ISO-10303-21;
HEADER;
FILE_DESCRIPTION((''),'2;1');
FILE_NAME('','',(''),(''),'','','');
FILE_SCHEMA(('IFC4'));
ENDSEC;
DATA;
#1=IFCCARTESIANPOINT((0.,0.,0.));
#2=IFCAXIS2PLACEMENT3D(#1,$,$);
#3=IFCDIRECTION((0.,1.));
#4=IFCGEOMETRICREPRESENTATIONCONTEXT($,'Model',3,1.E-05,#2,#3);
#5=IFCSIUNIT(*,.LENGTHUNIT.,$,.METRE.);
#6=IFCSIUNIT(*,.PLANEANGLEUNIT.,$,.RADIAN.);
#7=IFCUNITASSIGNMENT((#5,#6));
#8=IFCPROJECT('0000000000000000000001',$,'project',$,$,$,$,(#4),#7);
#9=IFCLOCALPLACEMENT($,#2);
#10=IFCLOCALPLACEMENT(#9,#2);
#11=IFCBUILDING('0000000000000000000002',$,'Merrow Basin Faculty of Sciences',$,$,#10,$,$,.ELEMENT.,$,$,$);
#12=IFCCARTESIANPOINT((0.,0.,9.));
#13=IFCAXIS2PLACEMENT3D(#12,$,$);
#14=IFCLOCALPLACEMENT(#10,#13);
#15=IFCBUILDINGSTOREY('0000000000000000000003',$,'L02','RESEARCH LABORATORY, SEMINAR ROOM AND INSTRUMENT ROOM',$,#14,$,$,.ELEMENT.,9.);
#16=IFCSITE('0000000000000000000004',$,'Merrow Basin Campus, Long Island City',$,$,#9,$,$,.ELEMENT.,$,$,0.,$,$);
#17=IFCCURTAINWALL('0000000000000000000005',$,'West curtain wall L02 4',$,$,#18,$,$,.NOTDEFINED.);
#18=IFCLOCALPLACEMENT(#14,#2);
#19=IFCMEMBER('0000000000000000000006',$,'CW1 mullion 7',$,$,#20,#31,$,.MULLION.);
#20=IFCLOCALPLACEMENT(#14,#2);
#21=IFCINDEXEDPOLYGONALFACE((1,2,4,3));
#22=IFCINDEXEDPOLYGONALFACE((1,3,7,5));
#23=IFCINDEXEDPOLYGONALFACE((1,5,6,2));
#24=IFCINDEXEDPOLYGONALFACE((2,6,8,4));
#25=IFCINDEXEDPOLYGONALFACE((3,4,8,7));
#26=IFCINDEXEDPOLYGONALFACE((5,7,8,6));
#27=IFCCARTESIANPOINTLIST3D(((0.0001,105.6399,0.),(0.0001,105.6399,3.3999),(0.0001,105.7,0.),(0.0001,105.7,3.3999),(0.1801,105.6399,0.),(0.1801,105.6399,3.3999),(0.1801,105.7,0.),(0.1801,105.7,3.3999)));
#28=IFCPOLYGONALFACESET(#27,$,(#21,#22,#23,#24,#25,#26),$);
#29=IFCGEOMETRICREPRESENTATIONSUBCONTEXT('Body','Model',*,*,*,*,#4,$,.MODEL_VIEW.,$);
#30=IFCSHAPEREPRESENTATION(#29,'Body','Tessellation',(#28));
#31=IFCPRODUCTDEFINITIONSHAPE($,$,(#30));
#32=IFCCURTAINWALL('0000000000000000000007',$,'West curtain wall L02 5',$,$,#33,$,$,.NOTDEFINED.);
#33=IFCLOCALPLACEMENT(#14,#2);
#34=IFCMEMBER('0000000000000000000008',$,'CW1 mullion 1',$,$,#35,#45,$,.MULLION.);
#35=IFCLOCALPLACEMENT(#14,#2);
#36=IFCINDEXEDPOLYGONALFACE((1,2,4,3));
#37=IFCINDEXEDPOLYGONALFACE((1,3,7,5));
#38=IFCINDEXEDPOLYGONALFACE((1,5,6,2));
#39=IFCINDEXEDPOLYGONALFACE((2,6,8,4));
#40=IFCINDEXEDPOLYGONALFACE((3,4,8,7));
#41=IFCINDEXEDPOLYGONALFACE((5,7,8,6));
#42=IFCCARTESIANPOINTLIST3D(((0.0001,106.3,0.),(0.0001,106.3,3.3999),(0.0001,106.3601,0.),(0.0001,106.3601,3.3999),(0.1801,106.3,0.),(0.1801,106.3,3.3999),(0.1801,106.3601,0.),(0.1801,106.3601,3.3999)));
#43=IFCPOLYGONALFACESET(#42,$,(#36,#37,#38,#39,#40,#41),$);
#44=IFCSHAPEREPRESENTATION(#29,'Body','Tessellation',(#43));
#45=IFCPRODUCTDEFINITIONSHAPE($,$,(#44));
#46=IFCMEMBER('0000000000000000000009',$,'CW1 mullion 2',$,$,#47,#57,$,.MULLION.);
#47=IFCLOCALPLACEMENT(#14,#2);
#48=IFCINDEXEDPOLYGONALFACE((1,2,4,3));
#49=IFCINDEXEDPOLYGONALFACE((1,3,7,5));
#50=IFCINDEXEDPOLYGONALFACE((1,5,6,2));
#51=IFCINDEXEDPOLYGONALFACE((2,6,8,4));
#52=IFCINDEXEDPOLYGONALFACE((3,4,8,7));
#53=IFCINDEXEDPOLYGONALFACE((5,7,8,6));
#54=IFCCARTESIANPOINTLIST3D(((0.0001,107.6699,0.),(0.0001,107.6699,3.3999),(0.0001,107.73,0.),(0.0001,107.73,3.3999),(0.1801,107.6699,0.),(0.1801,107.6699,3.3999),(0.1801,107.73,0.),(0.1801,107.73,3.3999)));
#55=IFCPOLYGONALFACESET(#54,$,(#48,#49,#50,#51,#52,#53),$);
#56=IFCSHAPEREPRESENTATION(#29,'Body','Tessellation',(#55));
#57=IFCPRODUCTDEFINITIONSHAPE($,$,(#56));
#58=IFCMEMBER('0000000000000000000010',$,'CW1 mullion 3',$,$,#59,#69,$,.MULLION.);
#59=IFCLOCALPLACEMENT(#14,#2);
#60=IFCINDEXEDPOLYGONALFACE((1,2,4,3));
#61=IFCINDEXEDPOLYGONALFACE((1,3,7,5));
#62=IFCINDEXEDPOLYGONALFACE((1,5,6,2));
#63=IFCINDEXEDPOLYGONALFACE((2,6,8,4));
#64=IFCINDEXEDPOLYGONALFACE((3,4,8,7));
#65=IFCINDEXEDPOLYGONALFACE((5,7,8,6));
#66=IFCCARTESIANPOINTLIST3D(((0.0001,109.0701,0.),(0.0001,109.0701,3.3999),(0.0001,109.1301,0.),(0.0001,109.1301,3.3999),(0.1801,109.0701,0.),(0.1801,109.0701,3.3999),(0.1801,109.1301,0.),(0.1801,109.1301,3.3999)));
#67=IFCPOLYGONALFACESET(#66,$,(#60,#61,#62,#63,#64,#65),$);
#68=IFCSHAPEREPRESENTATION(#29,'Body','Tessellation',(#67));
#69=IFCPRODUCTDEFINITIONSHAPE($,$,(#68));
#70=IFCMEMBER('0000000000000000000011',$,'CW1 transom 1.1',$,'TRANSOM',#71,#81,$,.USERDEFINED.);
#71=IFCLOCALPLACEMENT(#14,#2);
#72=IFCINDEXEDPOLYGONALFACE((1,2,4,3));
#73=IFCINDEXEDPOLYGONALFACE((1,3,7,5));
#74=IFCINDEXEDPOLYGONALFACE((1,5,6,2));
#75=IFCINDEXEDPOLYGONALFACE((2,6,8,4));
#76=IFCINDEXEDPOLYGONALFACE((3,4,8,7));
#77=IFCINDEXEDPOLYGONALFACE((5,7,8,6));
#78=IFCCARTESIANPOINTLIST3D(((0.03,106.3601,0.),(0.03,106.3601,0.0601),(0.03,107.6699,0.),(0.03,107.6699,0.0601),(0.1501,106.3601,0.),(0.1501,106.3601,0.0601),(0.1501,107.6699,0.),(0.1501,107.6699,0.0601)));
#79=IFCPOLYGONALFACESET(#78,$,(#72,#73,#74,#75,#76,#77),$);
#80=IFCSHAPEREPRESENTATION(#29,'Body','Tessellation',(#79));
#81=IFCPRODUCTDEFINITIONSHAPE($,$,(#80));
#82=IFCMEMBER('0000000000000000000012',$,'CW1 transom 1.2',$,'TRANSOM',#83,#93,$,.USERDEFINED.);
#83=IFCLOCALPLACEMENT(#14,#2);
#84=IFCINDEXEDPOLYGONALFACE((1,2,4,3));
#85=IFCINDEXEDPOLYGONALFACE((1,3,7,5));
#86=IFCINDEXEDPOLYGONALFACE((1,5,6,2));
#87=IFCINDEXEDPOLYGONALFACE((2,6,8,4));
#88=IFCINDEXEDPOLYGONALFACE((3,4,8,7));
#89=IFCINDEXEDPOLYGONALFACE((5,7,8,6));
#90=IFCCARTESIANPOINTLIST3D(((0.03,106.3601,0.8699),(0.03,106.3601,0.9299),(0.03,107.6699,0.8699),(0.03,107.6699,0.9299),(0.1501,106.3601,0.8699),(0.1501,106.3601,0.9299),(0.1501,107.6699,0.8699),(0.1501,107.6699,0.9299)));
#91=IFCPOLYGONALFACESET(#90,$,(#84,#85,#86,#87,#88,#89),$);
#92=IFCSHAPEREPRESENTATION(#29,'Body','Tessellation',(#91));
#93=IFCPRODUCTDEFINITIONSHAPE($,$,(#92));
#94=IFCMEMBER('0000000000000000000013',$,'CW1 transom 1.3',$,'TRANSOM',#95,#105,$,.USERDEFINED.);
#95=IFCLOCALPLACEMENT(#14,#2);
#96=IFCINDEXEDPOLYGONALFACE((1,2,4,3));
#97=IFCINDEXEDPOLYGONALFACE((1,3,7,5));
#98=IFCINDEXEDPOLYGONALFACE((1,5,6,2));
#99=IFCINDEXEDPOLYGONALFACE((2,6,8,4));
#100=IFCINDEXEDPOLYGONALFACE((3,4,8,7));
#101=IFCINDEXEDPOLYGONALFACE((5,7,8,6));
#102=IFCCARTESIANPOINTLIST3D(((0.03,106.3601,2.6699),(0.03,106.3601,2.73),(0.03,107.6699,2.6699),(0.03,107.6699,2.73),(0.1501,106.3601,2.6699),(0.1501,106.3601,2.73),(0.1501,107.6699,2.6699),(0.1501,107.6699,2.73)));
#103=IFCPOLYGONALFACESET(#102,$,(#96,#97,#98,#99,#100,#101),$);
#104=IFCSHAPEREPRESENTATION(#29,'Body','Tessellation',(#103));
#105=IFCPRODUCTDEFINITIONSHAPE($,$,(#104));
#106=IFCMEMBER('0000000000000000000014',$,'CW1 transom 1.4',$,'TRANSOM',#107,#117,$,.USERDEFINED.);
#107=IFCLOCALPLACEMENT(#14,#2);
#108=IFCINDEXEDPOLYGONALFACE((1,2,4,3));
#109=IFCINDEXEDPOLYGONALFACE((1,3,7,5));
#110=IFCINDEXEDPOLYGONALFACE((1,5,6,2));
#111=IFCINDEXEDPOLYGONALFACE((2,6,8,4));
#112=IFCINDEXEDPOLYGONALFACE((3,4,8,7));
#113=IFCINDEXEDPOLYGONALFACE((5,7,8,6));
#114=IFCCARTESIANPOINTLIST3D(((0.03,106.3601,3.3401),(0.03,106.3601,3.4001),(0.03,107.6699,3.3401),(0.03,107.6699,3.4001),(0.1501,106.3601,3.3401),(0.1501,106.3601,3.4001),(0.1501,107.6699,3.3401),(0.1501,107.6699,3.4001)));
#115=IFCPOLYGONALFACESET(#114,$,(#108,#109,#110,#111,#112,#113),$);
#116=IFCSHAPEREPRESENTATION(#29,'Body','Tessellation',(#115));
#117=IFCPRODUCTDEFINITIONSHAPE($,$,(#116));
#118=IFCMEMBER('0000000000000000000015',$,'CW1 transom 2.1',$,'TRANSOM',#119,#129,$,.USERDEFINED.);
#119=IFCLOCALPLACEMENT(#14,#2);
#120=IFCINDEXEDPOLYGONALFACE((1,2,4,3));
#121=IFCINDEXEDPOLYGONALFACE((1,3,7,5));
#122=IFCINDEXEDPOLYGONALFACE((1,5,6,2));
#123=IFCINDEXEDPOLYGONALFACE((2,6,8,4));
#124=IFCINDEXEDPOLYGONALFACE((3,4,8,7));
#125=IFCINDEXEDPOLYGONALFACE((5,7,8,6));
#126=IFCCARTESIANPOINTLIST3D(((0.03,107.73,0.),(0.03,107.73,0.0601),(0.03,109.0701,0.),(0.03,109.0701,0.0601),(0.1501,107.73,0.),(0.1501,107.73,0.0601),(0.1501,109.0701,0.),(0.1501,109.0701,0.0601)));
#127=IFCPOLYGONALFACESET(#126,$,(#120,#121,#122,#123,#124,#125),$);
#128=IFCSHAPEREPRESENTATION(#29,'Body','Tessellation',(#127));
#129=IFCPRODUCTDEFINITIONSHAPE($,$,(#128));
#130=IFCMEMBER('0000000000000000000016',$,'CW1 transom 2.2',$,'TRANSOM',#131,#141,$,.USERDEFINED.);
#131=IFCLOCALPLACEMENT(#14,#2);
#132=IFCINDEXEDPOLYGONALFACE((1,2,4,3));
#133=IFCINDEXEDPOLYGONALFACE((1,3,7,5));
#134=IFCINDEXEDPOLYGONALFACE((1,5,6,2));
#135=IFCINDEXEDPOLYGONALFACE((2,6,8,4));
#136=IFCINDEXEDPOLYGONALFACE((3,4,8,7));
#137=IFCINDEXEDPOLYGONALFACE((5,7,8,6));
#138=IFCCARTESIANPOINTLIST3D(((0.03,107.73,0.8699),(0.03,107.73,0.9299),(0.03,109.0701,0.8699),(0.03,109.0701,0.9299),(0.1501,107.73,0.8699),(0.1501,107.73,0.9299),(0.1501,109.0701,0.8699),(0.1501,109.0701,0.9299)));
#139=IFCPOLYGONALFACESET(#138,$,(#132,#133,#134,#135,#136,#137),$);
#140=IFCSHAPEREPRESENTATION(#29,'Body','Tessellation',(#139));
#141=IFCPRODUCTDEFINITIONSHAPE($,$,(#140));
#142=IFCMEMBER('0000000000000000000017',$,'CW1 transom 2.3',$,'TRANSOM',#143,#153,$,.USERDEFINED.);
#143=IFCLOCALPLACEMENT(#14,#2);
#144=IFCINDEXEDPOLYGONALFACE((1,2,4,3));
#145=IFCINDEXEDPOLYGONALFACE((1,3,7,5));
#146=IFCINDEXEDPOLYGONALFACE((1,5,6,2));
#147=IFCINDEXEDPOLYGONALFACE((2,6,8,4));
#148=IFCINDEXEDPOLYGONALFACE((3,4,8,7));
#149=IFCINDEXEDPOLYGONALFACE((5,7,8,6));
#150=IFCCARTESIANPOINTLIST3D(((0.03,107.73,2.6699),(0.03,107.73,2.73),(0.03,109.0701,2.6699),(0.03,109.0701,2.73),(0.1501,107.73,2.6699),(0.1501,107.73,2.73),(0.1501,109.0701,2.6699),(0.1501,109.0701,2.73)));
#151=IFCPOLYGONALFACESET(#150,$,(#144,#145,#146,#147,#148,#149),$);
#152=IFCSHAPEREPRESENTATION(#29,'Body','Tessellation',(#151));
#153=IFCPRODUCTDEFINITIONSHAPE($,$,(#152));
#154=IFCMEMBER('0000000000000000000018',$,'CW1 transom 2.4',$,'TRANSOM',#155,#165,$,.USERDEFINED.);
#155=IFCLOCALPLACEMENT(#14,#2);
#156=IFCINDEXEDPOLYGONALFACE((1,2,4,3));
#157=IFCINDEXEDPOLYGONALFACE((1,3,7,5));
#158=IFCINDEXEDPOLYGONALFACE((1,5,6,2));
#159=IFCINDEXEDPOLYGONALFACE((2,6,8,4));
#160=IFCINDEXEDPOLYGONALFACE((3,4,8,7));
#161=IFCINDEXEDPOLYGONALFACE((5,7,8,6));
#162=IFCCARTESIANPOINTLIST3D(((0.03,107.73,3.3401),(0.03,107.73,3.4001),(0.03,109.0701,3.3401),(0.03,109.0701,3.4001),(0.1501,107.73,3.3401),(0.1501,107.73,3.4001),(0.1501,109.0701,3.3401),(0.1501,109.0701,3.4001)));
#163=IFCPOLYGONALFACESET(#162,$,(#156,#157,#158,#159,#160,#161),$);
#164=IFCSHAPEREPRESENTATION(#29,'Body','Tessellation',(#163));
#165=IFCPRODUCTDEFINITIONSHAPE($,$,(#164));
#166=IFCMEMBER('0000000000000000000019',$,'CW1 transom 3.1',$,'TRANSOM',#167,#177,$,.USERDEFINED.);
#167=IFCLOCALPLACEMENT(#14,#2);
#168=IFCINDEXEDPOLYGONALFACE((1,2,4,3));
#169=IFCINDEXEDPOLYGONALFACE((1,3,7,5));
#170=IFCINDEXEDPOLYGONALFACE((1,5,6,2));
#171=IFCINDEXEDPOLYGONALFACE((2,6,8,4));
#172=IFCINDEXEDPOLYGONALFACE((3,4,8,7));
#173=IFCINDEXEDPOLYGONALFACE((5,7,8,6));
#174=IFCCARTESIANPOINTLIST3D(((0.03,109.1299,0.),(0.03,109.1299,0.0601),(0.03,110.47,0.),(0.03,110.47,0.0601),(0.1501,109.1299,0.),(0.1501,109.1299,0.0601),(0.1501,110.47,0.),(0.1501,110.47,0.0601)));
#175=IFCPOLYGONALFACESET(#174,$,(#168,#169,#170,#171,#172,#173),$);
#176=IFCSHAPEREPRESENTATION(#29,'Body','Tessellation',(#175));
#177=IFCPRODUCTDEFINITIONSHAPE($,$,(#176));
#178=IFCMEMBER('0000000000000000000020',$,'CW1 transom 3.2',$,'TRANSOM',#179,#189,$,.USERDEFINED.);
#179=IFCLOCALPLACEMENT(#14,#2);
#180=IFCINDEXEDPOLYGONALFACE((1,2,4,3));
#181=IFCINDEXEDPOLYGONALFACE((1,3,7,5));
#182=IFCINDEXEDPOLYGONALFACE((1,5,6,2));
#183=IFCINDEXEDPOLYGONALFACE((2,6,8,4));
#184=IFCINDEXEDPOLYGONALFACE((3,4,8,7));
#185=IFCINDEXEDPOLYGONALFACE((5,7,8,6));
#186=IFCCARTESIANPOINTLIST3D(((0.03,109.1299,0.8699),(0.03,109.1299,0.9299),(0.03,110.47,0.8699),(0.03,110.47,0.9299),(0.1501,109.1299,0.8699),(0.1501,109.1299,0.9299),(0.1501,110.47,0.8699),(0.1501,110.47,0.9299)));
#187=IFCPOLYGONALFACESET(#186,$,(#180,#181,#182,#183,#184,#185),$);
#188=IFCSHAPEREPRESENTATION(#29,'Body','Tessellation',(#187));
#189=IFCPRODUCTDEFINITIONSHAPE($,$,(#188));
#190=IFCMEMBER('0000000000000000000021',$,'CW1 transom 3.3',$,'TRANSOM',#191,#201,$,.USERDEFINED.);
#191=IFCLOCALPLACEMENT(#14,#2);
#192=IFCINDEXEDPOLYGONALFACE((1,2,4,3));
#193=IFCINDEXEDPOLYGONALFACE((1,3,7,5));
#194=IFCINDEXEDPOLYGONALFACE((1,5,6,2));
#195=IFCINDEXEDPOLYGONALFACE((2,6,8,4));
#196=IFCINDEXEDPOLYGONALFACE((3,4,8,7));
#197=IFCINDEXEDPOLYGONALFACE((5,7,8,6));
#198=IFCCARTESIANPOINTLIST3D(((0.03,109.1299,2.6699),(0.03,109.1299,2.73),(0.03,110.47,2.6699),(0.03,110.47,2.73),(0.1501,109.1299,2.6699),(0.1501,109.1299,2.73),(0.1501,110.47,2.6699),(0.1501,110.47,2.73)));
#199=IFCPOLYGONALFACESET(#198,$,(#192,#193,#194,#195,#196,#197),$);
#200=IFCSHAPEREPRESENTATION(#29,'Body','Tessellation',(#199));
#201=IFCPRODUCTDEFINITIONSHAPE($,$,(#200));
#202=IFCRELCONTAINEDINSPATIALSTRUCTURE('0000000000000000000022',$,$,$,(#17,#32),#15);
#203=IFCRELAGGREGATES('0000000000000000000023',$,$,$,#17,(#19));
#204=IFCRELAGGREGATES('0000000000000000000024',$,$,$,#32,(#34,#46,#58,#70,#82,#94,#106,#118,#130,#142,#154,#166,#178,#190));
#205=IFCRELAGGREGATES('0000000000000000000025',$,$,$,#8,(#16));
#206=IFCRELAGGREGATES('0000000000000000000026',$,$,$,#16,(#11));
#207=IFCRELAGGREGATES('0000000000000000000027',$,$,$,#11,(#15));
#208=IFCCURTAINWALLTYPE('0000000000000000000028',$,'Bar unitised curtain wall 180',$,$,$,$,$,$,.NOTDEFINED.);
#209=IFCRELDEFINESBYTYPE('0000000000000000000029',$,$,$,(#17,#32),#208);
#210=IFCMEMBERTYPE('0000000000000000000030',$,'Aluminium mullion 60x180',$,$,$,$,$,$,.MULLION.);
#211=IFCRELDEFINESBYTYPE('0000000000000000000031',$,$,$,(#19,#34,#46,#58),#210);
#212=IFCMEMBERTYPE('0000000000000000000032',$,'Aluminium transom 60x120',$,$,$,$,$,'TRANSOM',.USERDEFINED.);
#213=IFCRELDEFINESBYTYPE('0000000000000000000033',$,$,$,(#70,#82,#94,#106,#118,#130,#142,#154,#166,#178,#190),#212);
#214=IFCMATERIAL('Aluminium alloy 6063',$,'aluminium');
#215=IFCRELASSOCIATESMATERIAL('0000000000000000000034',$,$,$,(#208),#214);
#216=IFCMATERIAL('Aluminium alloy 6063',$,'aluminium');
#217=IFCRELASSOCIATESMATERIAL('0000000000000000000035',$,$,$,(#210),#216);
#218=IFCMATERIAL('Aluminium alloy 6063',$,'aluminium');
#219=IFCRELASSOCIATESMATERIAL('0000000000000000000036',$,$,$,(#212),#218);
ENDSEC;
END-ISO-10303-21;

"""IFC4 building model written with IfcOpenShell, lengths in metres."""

from ifc_helpers import new_model, si_unit, direction, frame, origin, origin_2d, place, context, subcontext, project, spatial, rectangle, extrude, material, material_profile, profile_set, type_object, element, aggregate, save


model = new_model("IFC4")

# Units and contexts
model_context = context("Model", 3, precision=1e-05, world=origin(), true_north=direction((0.0, 1.0)))
body_context = subcontext(model_context, "Body", "Model", "MODEL_VIEW")
ifc_project = project(units=[si_unit("LENGTHUNIT", "METRE"), si_unit("PLANEANGLEUNIT", "RADIAN")], contexts=[model_context])

# Site, building, storey
site_placement = place(None, origin())
site = spatial("IfcSite", under=ifc_project, at=site_placement, Name="Merrow Basin Campus, Long Island City", CompositionType="ELEMENT", RefElevation=0.0)
building_placement = place(site_placement, origin())
building = spatial("IfcBuilding", under=site, at=building_placement, Name="Merrow Basin Faculty of Sciences", CompositionType="ELEMENT")
storey_placement = place(building_placement, frame((0.0, 0.0, 9.0)))
storey = spatial("IfcBuildingStorey", under=building, at=storey_placement, Name="L02", Description="RESEARCH LABORATORY, SEMINAR ROOM AND INSTRUMENT ROOM", CompositionType="ELEMENT", Elevation=9.0)

# Curtain wall, member
ifc_material_1 = material(Name="Aluminium alloy 6063", Category="aluminium")
curtain_wall_type = type_object("IfcCurtainWallType", Name="Bar unitised curtain wall 180", PredefinedType="NOTDEFINED", material=ifc_material_1)
curtain_wall_1_placement = place(storey_placement, origin())
curtain_wall_1 = element("IfcCurtainWall", 1, at=curtain_wall_1_placement, inside=storey, type_object=curtain_wall_type, Name="West curtain wall L02 4", PredefinedType="NOTDEFINED")
ifc_material_2 = material(Name="Aluminium alloy 6063", Category="aluminium")
ifc_material_profile_1 = material_profile(ifc_material_2, rectangle(XDim=0.1799, YDim=0.0601, at=origin_2d()))
ifc_profile_set_1 = profile_set([ifc_material_profile_1], Name="Aluminium alloy 6063")
member_type_1 = type_object("IfcMemberType", Name="Aluminium mullion 60x180", PredefinedType="MULLION", material=ifc_profile_set_1)
member_1_placement = place(storey_placement, frame((0.0901, 105.6699, 0.0), z_axis=(0.0, 0.0, 1.0), x_axis=(-1.0, 0.0, 0.0)))
member_1 = element("IfcMember", 2, at=member_1_placement, type_object=member_type_1, Name="CW1 mullion 7", PredefinedType="MULLION", context=body_context, shape_type="SweptSolid", body=[
    extrude(rectangle(XDim=0.1799, YDim=0.0601, at=origin_2d()), origin(), (0.0, 0.0, 1.0), 3.3999),
])

# Curtain wall, members
curtain_wall_2_placement = place(storey_placement, origin())
curtain_wall_2 = element("IfcCurtainWall", 3, at=curtain_wall_2_placement, inside=storey, type_object=curtain_wall_type, Name="West curtain wall L02 5", PredefinedType="NOTDEFINED")
member_2_placement = place(storey_placement, frame((0.0901, 106.3301, 0.0), z_axis=(0.0, 0.0, 1.0), x_axis=(-1.0, 0.0, 0.0)))
member_2 = element("IfcMember", 4, at=member_2_placement, type_object=member_type_1, Name="CW1 mullion 1", PredefinedType="MULLION", context=body_context, shape_type="SweptSolid", body=[
    extrude(rectangle(XDim=0.1799, YDim=0.0601, at=origin_2d()), origin(), (0.0, 0.0, 1.0), 3.3999),
])
member_3_placement = place(storey_placement, frame((0.0901, 107.7, 0.0), z_axis=(0.0, 0.0, 1.0), x_axis=(-1.0, 0.0, 0.0)))
member_3 = element("IfcMember", 5, at=member_3_placement, type_object=member_type_1, Name="CW1 mullion 2", PredefinedType="MULLION", context=body_context, shape_type="SweptSolid", body=[
    extrude(rectangle(XDim=0.1799, YDim=0.0601, at=origin_2d()), origin(), (0.0, 0.0, 1.0), 3.3999),
])
member_4_placement = place(storey_placement, frame((0.0901, 109.1001, 0.0), z_axis=(0.0, 0.0, 1.0), x_axis=(-1.0, 0.0, 0.0)))
member_4 = element("IfcMember", 6, at=member_4_placement, type_object=member_type_1, Name="CW1 mullion 3", PredefinedType="MULLION", context=body_context, shape_type="SweptSolid", body=[
    extrude(rectangle(XDim=0.1799, YDim=0.0601, at=origin_2d()), origin(), (0.0, 0.0, 1.0), 3.3999),
])
ifc_material_3 = material(Name="Aluminium alloy 6063", Category="aluminium")
ifc_material_profile_2 = material_profile(ifc_material_3, rectangle(XDim=0.1201, YDim=0.0601, at=origin_2d()))
ifc_profile_set_2 = profile_set([ifc_material_profile_2], Name="Aluminium alloy 6063")
member_type_2 = type_object("IfcMemberType", Name="Aluminium transom 60x120", ElementType="TRANSOM", PredefinedType="USERDEFINED", material=ifc_profile_set_2)
member_5_placement = place(storey_placement, frame((0.0901, 106.3601, 0.03), z_axis=(0.0, 1.0, 0.0), x_axis=(-1.0, 0.0, 0.0)))
member_5 = element("IfcMember", 7, at=member_5_placement, type_object=member_type_2, Name="CW1 transom 1.1", ObjectType="TRANSOM", PredefinedType="USERDEFINED", context=body_context, shape_type="SweptSolid", body=[
    extrude(rectangle(XDim=0.1201, YDim=0.0601, at=origin_2d()), origin(), (0.0, 0.0, 1.0), 1.3098),
])
member_6_placement = place(storey_placement, frame((0.0901, 106.3601, 0.8999), z_axis=(0.0, 1.0, 0.0), x_axis=(-1.0, 0.0, 0.0)))
member_6 = element("IfcMember", 8, at=member_6_placement, type_object=member_type_2, Name="CW1 transom 1.2", ObjectType="TRANSOM", PredefinedType="USERDEFINED", context=body_context, shape_type="SweptSolid", body=[
    extrude(rectangle(XDim=0.1201, YDim=0.0601, at=origin_2d()), origin(), (0.0, 0.0, 1.0), 1.3098),
])
member_7_placement = place(storey_placement, frame((0.0901, 106.3601, 2.7), z_axis=(0.0, 1.0, 0.0), x_axis=(-1.0, 0.0, 0.0)))
member_7 = element("IfcMember", 9, at=member_7_placement, type_object=member_type_2, Name="CW1 transom 1.3", ObjectType="TRANSOM", PredefinedType="USERDEFINED", context=body_context, shape_type="SweptSolid", body=[
    extrude(rectangle(XDim=0.1201, YDim=0.0601, at=origin_2d()), origin(), (0.0, 0.0, 1.0), 1.3098),
])
member_8_placement = place(storey_placement, frame((0.0901, 106.3601, 3.3701), z_axis=(0.0, 1.0, 0.0), x_axis=(-1.0, 0.0, 0.0)))
member_8 = element("IfcMember", 10, at=member_8_placement, type_object=member_type_2, Name="CW1 transom 1.4", ObjectType="TRANSOM", PredefinedType="USERDEFINED", context=body_context, shape_type="SweptSolid", body=[
    extrude(rectangle(XDim=0.1201, YDim=0.0601, at=origin_2d()), origin(), (0.0, 0.0, 1.0), 1.3098),
])
member_9_placement = place(storey_placement, frame((0.0901, 107.73, 0.03), z_axis=(0.0, 1.0, 0.0), x_axis=(-1.0, 0.0, 0.0)))
member_9 = element("IfcMember", 11, at=member_9_placement, type_object=member_type_2, Name="CW1 transom 2.1", ObjectType="TRANSOM", PredefinedType="USERDEFINED", context=body_context, shape_type="SweptSolid", body=[
    extrude(rectangle(XDim=0.1201, YDim=0.0601, at=origin_2d()), origin(), (0.0, 0.0, 1.0), 1.3401),
])
member_10_placement = place(storey_placement, frame((0.0901, 107.73, 0.8999), z_axis=(0.0, 1.0, 0.0), x_axis=(-1.0, 0.0, 0.0)))
member_10 = element("IfcMember", 12, at=member_10_placement, type_object=member_type_2, Name="CW1 transom 2.2", ObjectType="TRANSOM", PredefinedType="USERDEFINED", context=body_context, shape_type="SweptSolid", body=[
    extrude(rectangle(XDim=0.1201, YDim=0.0601, at=origin_2d()), origin(), (0.0, 0.0, 1.0), 1.3401),
])
member_11_placement = place(storey_placement, frame((0.0901, 107.73, 2.7), z_axis=(0.0, 1.0, 0.0), x_axis=(-1.0, 0.0, 0.0)))
member_11 = element("IfcMember", 13, at=member_11_placement, type_object=member_type_2, Name="CW1 transom 2.3", ObjectType="TRANSOM", PredefinedType="USERDEFINED", context=body_context, shape_type="SweptSolid", body=[
    extrude(rectangle(XDim=0.1201, YDim=0.0601, at=origin_2d()), origin(), (0.0, 0.0, 1.0), 1.3401),
])
member_12_placement = place(storey_placement, frame((0.0901, 107.73, 3.3701), z_axis=(0.0, 1.0, 0.0), x_axis=(-1.0, 0.0, 0.0)))
member_12 = element("IfcMember", 14, at=member_12_placement, type_object=member_type_2, Name="CW1 transom 2.4", ObjectType="TRANSOM", PredefinedType="USERDEFINED", context=body_context, shape_type="SweptSolid", body=[
    extrude(rectangle(XDim=0.1201, YDim=0.0601, at=origin_2d()), origin(), (0.0, 0.0, 1.0), 1.3401),
])
member_13_placement = place(storey_placement, frame((0.0901, 109.1299, 0.03), z_axis=(0.0, 1.0, 0.0), x_axis=(-1.0, 0.0, 0.0)))
member_13 = element("IfcMember", 15, at=member_13_placement, type_object=member_type_2, Name="CW1 transom 3.1", ObjectType="TRANSOM", PredefinedType="USERDEFINED", context=body_context, shape_type="SweptSolid", body=[
    extrude(rectangle(XDim=0.1201, YDim=0.0601, at=origin_2d()), origin(), (0.0, 0.0, 1.0), 1.3401),
])
member_14_placement = place(storey_placement, frame((0.0901, 109.1299, 0.8999), z_axis=(0.0, 1.0, 0.0), x_axis=(-1.0, 0.0, 0.0)))
member_14 = element("IfcMember", 16, at=member_14_placement, type_object=member_type_2, Name="CW1 transom 3.2", ObjectType="TRANSOM", PredefinedType="USERDEFINED", context=body_context, shape_type="SweptSolid", body=[
    extrude(rectangle(XDim=0.1201, YDim=0.0601, at=origin_2d()), origin(), (0.0, 0.0, 1.0), 1.3401),
])
member_15_placement = place(storey_placement, frame((0.0901, 109.1299, 2.7), z_axis=(0.0, 1.0, 0.0), x_axis=(-1.0, 0.0, 0.0)))
member_15 = element("IfcMember", 17, at=member_15_placement, type_object=member_type_2, Name="CW1 transom 3.3", ObjectType="TRANSOM", PredefinedType="USERDEFINED", context=body_context, shape_type="SweptSolid", body=[
    extrude(rectangle(XDim=0.1201, YDim=0.0601, at=origin_2d()), origin(), (0.0, 0.0, 1.0), 1.3401),
])

aggregate(curtain_wall_1, [member_1])
aggregate(curtain_wall_2, [member_2, member_3, member_4, member_5, member_6, member_7, member_8, member_9, member_10, member_11, member_12, member_13, member_14, member_15])

save(model, "model.ifc")
